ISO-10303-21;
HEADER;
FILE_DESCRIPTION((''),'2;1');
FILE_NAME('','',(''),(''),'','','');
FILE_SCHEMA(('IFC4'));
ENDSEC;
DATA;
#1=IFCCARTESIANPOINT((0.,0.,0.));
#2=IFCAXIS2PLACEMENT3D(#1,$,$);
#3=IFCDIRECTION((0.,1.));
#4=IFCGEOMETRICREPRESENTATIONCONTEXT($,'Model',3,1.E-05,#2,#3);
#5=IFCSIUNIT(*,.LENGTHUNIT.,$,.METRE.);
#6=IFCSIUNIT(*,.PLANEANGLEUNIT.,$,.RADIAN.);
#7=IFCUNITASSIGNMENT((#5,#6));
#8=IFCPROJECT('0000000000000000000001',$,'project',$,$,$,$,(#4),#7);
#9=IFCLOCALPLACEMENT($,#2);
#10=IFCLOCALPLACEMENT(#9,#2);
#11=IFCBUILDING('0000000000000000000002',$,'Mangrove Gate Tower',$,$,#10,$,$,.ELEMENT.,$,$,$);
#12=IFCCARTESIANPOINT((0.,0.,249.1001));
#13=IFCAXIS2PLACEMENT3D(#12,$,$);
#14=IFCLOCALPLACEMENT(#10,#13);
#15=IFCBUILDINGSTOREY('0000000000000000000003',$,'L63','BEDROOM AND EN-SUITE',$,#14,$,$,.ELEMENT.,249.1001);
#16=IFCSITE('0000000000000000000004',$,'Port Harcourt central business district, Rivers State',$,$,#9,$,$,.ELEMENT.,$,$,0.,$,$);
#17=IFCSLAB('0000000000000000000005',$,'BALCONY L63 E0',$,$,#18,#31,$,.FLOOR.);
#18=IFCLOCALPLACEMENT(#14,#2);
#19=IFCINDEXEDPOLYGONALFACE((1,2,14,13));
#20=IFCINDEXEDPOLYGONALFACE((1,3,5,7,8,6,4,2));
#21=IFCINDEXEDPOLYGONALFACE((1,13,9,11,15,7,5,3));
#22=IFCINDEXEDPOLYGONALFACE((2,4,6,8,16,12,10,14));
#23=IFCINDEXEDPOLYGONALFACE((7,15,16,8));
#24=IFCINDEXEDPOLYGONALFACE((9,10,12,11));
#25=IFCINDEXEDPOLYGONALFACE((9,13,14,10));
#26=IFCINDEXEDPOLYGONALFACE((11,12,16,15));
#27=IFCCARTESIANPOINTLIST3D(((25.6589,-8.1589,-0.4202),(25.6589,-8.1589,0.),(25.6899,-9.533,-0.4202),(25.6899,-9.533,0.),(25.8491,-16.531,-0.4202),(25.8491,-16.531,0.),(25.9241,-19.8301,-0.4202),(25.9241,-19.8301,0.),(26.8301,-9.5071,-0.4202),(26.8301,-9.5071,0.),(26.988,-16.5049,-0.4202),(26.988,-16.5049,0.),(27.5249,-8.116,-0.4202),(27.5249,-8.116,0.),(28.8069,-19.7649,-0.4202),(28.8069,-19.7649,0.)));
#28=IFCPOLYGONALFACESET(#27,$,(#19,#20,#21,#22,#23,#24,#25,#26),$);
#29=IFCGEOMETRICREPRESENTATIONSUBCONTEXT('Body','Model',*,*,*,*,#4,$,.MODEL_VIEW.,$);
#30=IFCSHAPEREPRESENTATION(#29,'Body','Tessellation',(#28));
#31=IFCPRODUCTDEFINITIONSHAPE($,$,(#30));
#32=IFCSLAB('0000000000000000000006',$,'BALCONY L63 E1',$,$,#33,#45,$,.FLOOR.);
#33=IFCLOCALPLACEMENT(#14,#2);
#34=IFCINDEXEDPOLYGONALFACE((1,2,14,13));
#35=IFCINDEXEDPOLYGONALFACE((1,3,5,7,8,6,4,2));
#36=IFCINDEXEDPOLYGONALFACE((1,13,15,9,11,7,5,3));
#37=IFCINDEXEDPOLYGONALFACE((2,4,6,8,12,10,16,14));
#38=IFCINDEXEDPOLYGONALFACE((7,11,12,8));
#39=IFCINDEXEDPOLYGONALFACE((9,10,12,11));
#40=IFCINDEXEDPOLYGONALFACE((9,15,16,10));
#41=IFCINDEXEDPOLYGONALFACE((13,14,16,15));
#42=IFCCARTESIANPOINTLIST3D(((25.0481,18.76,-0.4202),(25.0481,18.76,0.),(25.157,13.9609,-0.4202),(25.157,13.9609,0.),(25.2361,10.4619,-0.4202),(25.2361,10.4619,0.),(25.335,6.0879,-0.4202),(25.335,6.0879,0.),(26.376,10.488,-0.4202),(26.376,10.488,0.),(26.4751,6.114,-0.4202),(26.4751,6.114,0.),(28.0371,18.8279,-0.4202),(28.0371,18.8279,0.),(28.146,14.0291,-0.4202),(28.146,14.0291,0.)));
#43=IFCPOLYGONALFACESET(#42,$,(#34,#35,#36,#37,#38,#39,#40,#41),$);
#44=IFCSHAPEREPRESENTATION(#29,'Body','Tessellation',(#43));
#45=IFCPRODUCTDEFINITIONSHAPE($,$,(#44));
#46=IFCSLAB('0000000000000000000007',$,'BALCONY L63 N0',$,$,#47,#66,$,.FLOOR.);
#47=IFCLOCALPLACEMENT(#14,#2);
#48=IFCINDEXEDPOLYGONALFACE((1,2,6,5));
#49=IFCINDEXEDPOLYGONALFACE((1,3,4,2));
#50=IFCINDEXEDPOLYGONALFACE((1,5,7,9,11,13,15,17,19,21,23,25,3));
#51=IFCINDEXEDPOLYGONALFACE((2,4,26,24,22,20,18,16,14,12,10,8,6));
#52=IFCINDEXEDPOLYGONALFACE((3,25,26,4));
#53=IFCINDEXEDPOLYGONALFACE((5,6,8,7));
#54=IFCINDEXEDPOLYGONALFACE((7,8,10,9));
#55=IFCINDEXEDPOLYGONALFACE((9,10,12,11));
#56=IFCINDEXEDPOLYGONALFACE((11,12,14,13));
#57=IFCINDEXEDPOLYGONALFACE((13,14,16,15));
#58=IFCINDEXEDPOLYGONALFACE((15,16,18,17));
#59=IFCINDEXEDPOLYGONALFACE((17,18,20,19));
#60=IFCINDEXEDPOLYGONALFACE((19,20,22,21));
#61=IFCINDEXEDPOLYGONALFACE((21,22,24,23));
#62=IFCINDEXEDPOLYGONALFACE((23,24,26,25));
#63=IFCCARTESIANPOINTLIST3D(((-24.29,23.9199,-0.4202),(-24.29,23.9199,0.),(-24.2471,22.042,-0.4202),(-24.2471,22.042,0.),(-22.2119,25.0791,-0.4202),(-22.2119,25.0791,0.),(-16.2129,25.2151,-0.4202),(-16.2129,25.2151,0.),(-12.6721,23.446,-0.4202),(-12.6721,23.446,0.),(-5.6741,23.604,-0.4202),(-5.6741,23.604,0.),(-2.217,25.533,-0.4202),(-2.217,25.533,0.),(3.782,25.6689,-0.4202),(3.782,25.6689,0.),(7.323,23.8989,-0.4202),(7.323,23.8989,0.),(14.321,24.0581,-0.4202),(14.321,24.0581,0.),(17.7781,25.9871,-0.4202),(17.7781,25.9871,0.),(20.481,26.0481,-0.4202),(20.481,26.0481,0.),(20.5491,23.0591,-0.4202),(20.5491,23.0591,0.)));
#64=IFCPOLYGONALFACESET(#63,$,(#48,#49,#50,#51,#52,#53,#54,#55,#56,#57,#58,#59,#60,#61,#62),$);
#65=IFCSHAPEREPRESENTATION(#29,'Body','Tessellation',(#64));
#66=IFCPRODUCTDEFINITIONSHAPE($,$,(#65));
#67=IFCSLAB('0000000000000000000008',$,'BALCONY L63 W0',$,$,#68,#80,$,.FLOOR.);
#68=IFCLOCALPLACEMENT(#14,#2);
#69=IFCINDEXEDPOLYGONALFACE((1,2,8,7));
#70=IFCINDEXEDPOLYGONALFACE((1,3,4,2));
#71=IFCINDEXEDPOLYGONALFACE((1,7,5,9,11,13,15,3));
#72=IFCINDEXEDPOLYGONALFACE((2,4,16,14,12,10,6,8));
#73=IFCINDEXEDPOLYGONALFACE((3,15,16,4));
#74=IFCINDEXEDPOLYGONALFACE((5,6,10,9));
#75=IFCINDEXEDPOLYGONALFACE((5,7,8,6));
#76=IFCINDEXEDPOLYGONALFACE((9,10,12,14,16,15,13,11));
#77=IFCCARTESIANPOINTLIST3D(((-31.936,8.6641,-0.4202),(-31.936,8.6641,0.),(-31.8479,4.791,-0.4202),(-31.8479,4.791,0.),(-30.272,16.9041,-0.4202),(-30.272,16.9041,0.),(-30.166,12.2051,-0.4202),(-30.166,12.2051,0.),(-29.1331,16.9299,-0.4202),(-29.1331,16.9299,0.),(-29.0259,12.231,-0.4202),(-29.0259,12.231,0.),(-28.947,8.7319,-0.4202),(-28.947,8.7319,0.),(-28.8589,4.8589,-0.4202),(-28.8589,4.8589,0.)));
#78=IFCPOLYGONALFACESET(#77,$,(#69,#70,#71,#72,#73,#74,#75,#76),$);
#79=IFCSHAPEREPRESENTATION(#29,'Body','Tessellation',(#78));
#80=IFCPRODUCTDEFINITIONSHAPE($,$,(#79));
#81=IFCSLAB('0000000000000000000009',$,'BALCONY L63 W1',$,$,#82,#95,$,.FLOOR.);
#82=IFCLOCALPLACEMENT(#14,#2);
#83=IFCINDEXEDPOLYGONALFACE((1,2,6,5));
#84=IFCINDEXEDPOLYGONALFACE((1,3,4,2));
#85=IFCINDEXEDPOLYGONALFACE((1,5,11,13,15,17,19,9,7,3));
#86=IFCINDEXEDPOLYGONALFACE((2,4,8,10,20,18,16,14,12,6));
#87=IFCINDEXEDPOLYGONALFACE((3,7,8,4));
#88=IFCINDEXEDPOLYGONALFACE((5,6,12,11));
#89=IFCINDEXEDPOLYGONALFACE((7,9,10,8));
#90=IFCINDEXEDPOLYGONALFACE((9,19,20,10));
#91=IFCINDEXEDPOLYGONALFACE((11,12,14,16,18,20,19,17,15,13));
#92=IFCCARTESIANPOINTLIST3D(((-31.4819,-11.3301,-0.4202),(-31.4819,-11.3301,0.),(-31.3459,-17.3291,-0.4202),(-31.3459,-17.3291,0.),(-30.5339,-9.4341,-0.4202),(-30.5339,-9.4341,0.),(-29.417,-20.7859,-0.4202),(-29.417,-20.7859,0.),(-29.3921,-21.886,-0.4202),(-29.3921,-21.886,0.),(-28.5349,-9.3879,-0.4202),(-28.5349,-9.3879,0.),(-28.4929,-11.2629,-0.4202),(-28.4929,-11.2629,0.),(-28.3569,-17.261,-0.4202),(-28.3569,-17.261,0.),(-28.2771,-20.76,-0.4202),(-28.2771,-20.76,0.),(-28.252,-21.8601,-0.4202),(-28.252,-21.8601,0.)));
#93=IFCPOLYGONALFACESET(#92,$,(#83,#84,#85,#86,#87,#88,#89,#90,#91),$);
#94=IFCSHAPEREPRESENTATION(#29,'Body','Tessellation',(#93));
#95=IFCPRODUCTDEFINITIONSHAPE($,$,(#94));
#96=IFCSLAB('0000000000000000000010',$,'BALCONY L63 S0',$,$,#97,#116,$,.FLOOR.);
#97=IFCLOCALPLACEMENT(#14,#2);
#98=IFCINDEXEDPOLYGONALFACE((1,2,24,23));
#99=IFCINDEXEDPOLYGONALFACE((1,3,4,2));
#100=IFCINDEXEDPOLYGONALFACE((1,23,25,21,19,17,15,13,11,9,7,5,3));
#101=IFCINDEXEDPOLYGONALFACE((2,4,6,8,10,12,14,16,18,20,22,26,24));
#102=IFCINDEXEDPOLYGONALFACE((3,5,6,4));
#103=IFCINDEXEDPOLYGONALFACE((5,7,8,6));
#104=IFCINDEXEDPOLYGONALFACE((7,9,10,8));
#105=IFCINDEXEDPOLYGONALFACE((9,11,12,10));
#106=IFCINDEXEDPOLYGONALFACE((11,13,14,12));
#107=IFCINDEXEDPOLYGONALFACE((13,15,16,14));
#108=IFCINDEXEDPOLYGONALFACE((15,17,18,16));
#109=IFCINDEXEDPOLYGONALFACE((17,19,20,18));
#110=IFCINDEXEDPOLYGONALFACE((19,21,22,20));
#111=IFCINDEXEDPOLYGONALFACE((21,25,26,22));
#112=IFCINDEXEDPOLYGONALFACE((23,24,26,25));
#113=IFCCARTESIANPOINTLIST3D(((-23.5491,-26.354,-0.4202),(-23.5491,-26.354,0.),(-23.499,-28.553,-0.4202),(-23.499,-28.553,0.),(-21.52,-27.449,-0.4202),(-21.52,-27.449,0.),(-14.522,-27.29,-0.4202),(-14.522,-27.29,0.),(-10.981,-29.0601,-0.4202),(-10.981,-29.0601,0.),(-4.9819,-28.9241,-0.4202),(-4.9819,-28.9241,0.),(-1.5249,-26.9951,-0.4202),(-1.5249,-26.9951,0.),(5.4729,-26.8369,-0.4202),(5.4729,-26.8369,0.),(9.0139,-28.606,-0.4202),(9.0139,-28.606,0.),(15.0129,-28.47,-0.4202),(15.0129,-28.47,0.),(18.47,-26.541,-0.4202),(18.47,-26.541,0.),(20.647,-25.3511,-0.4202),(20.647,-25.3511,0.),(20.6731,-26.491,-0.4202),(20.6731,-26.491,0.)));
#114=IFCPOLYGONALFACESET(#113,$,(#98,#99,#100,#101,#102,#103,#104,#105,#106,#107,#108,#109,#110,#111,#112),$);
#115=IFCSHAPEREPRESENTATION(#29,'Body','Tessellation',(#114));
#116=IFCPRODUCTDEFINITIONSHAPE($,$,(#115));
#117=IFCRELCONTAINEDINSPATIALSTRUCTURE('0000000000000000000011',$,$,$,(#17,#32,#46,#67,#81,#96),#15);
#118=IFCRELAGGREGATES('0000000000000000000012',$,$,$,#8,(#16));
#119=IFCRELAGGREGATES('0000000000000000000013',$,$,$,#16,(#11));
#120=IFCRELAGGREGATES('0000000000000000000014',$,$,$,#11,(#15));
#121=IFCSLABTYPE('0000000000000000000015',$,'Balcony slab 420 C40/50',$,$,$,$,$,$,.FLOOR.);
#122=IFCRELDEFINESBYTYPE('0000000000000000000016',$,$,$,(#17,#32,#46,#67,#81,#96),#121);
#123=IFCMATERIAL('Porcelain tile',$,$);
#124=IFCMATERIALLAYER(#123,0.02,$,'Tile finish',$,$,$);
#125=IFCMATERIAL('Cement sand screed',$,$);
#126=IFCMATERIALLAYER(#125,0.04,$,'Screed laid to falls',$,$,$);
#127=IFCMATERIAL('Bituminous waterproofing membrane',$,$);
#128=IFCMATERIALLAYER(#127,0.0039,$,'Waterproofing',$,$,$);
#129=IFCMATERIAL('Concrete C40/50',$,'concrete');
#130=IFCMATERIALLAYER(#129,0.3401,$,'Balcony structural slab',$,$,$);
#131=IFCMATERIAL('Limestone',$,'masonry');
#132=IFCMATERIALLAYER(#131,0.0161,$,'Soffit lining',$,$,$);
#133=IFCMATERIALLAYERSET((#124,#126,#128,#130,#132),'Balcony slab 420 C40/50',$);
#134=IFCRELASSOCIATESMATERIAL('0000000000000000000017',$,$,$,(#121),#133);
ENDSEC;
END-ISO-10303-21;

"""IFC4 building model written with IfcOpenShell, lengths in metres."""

from ifc_helpers import new_model, si_unit, direction, frame, origin, place, context, subcontext, project, spatial, polyline, outline, extrude, material, layer, layer_set, type_object, element, save


model = new_model("IFC4")

# Units and contexts
model_context = context("Model", 3, precision=1e-05, world=origin(), true_north=direction((0.0, 1.0)))
body_context = subcontext(model_context, "Body", "Model", "MODEL_VIEW")
ifc_project = project(units=[si_unit("LENGTHUNIT", "METRE"), si_unit("PLANEANGLEUNIT", "RADIAN")], contexts=[model_context])

# Site, building, storey
site_placement = place(None, origin())
site = spatial("IfcSite", under=ifc_project, at=site_placement, Name="Port Harcourt central business district, Rivers State", CompositionType="ELEMENT", RefElevation=0.0)
building_placement = place(site_placement, origin())
building = spatial("IfcBuilding", under=site, at=building_placement, Name="Mangrove Gate Tower", CompositionType="ELEMENT")
storey_placement = place(building_placement, frame((0.0, 0.0, 249.1001)))
storey = spatial("IfcBuildingStorey", under=building, at=storey_placement, Name="L63", Description="BEDROOM AND EN-SUITE", CompositionType="ELEMENT", Elevation=249.1001)

# Slabs
ifc_material_1 = material(Name="Porcelain tile")
ifc_layer_1 = layer(ifc_material_1, 0.02, Name="Tile finish")
ifc_material_2 = material(Name="Cement sand screed")
ifc_layer_2 = layer(ifc_material_2, 0.04, Name="Screed laid to falls")
ifc_material_3 = material(Name="Bituminous waterproofing membrane")
ifc_layer_3 = layer(ifc_material_3, 0.0039, Name="Waterproofing")
ifc_material_4 = material(Name="Concrete C40/50", Category="concrete")
ifc_layer_4 = layer(ifc_material_4, 0.3401, Name="Balcony structural slab")
ifc_material_5 = material(Name="Limestone", Category="masonry")
ifc_layer_5 = layer(ifc_material_5, 0.0161, Name="Soffit lining")
ifc_layer_set_1 = layer_set([ifc_layer_1, ifc_layer_2, ifc_layer_3, ifc_layer_4, ifc_layer_5], Name="Balcony slab 420 C40/50")
slab_type_1 = type_object("IfcSlabType", Name="Balcony slab 420 C40/50", PredefinedType="FLOOR", material=ifc_layer_set_1)
slab_1_placement = place(storey_placement, frame((0.0, 0.0, -0.4202)))
element("IfcSlab", 1, at=slab_1_placement, inside=storey, type_object=slab_type_1, Name="BALCONY L63 E0", PredefinedType="FLOOR", context=body_context, shape_type="SweptSolid", body=[
    extrude(outline(polyline([(28.8069, -19.7649), (26.988, -16.5049), (26.8301, -9.5071), (27.5249, -8.116), (25.6589, -8.1589), (25.6899, -9.533), (25.8491, -16.531), (25.9241, -19.8301), (28.8069, -19.7649)])), origin(), (0.0, 0.0, 1.0), 0.4202),
])
slab_2_placement = place(storey_placement, frame((0.0, 0.0, -0.4202)))
element("IfcSlab", 2, at=slab_2_placement, inside=storey, type_object=slab_type_1, Name="BALCONY L63 E1", PredefinedType="FLOOR", context=body_context, shape_type="SweptSolid", body=[
    extrude(outline(polyline([(26.4751, 6.114), (26.376, 10.488), (28.146, 14.0291), (28.0371, 18.8279), (25.0481, 18.76), (25.157, 13.9609), (25.2361, 10.4619), (25.335, 6.0879), (26.4751, 6.114)])), origin(), (0.0, 0.0, 1.0), 0.4202),
])
slab_3_placement = place(storey_placement, frame((0.0, 0.0, -0.4202)))
element("IfcSlab", 3, at=slab_3_placement, inside=storey, type_object=slab_type_1, Name="BALCONY L63 N0", PredefinedType="FLOOR", context=body_context, shape_type="SweptSolid", body=[
    extrude(outline(polyline([(20.481, 26.0481), (17.7781, 25.9871), (14.321, 24.0581), (7.323, 23.8989), (3.782, 25.6689), (-2.217, 25.533), (-5.6741, 23.604), (-12.6721, 23.446), (-16.2129, 25.2151), (-22.2119, 25.0791), (-24.29, 23.9199), (-24.2471, 22.042), (20.5491, 23.0591), (20.481, 26.0481)])), origin(), (0.0, 0.0, 1.0), 0.4202),
])
slab_4_placement = place(storey_placement, frame((0.0, 0.0, -0.4202)))
element("IfcSlab", 4, at=slab_4_placement, inside=storey, type_object=slab_type_1, Name="BALCONY L63 W0", PredefinedType="FLOOR", context=body_context, shape_type="SweptSolid", body=[
    extrude(outline(polyline([(-30.272, 16.9041), (-30.166, 12.2051), (-31.936, 8.6641), (-31.8479, 4.791), (-28.8589, 4.8589), (-28.947, 8.7319), (-29.0259, 12.231), (-29.1331, 16.9299), (-30.272, 16.9041)])), origin(), (0.0, 0.0, 1.0), 0.4202),
])
slab_5_placement = place(storey_placement, frame((0.0, 0.0, -0.4202)))
element("IfcSlab", 5, at=slab_5_placement, inside=storey, type_object=slab_type_1, Name="BALCONY L63 W1", PredefinedType="FLOOR", context=body_context, shape_type="SweptSolid", body=[
    extrude(outline(polyline([(-30.5339, -9.4341), (-31.4819, -11.3301), (-31.3459, -17.3291), (-29.417, -20.7859), (-29.3921, -21.886), (-28.252, -21.8601), (-28.2771, -20.76), (-28.3569, -17.261), (-28.4929, -11.2629), (-28.5349, -9.3879), (-30.5339, -9.4341)])), origin(), (0.0, 0.0, 1.0), 0.4202),
])
slab_6_placement = place(storey_placement, frame((0.0, 0.0, -0.4202)))
element("IfcSlab", 6, at=slab_6_placement, inside=storey, type_object=slab_type_1, Name="BALCONY L63 S0", PredefinedType="FLOOR", context=body_context, shape_type="SweptSolid", body=[
    extrude(outline(polyline([(-23.499, -28.553), (-21.52, -27.449), (-14.522, -27.29), (-10.981, -29.0601), (-4.9819, -28.9241), (-1.5249, -26.9951), (5.4729, -26.8369), (9.0139, -28.606), (15.0129, -28.47), (18.47, -26.541), (20.6731, -26.491), (20.647, -25.3511), (-23.5491, -26.354), (-23.499, -28.553)])), origin(), (0.0, 0.0, 1.0), 0.4202),
])

save(model, "model.ifc")
